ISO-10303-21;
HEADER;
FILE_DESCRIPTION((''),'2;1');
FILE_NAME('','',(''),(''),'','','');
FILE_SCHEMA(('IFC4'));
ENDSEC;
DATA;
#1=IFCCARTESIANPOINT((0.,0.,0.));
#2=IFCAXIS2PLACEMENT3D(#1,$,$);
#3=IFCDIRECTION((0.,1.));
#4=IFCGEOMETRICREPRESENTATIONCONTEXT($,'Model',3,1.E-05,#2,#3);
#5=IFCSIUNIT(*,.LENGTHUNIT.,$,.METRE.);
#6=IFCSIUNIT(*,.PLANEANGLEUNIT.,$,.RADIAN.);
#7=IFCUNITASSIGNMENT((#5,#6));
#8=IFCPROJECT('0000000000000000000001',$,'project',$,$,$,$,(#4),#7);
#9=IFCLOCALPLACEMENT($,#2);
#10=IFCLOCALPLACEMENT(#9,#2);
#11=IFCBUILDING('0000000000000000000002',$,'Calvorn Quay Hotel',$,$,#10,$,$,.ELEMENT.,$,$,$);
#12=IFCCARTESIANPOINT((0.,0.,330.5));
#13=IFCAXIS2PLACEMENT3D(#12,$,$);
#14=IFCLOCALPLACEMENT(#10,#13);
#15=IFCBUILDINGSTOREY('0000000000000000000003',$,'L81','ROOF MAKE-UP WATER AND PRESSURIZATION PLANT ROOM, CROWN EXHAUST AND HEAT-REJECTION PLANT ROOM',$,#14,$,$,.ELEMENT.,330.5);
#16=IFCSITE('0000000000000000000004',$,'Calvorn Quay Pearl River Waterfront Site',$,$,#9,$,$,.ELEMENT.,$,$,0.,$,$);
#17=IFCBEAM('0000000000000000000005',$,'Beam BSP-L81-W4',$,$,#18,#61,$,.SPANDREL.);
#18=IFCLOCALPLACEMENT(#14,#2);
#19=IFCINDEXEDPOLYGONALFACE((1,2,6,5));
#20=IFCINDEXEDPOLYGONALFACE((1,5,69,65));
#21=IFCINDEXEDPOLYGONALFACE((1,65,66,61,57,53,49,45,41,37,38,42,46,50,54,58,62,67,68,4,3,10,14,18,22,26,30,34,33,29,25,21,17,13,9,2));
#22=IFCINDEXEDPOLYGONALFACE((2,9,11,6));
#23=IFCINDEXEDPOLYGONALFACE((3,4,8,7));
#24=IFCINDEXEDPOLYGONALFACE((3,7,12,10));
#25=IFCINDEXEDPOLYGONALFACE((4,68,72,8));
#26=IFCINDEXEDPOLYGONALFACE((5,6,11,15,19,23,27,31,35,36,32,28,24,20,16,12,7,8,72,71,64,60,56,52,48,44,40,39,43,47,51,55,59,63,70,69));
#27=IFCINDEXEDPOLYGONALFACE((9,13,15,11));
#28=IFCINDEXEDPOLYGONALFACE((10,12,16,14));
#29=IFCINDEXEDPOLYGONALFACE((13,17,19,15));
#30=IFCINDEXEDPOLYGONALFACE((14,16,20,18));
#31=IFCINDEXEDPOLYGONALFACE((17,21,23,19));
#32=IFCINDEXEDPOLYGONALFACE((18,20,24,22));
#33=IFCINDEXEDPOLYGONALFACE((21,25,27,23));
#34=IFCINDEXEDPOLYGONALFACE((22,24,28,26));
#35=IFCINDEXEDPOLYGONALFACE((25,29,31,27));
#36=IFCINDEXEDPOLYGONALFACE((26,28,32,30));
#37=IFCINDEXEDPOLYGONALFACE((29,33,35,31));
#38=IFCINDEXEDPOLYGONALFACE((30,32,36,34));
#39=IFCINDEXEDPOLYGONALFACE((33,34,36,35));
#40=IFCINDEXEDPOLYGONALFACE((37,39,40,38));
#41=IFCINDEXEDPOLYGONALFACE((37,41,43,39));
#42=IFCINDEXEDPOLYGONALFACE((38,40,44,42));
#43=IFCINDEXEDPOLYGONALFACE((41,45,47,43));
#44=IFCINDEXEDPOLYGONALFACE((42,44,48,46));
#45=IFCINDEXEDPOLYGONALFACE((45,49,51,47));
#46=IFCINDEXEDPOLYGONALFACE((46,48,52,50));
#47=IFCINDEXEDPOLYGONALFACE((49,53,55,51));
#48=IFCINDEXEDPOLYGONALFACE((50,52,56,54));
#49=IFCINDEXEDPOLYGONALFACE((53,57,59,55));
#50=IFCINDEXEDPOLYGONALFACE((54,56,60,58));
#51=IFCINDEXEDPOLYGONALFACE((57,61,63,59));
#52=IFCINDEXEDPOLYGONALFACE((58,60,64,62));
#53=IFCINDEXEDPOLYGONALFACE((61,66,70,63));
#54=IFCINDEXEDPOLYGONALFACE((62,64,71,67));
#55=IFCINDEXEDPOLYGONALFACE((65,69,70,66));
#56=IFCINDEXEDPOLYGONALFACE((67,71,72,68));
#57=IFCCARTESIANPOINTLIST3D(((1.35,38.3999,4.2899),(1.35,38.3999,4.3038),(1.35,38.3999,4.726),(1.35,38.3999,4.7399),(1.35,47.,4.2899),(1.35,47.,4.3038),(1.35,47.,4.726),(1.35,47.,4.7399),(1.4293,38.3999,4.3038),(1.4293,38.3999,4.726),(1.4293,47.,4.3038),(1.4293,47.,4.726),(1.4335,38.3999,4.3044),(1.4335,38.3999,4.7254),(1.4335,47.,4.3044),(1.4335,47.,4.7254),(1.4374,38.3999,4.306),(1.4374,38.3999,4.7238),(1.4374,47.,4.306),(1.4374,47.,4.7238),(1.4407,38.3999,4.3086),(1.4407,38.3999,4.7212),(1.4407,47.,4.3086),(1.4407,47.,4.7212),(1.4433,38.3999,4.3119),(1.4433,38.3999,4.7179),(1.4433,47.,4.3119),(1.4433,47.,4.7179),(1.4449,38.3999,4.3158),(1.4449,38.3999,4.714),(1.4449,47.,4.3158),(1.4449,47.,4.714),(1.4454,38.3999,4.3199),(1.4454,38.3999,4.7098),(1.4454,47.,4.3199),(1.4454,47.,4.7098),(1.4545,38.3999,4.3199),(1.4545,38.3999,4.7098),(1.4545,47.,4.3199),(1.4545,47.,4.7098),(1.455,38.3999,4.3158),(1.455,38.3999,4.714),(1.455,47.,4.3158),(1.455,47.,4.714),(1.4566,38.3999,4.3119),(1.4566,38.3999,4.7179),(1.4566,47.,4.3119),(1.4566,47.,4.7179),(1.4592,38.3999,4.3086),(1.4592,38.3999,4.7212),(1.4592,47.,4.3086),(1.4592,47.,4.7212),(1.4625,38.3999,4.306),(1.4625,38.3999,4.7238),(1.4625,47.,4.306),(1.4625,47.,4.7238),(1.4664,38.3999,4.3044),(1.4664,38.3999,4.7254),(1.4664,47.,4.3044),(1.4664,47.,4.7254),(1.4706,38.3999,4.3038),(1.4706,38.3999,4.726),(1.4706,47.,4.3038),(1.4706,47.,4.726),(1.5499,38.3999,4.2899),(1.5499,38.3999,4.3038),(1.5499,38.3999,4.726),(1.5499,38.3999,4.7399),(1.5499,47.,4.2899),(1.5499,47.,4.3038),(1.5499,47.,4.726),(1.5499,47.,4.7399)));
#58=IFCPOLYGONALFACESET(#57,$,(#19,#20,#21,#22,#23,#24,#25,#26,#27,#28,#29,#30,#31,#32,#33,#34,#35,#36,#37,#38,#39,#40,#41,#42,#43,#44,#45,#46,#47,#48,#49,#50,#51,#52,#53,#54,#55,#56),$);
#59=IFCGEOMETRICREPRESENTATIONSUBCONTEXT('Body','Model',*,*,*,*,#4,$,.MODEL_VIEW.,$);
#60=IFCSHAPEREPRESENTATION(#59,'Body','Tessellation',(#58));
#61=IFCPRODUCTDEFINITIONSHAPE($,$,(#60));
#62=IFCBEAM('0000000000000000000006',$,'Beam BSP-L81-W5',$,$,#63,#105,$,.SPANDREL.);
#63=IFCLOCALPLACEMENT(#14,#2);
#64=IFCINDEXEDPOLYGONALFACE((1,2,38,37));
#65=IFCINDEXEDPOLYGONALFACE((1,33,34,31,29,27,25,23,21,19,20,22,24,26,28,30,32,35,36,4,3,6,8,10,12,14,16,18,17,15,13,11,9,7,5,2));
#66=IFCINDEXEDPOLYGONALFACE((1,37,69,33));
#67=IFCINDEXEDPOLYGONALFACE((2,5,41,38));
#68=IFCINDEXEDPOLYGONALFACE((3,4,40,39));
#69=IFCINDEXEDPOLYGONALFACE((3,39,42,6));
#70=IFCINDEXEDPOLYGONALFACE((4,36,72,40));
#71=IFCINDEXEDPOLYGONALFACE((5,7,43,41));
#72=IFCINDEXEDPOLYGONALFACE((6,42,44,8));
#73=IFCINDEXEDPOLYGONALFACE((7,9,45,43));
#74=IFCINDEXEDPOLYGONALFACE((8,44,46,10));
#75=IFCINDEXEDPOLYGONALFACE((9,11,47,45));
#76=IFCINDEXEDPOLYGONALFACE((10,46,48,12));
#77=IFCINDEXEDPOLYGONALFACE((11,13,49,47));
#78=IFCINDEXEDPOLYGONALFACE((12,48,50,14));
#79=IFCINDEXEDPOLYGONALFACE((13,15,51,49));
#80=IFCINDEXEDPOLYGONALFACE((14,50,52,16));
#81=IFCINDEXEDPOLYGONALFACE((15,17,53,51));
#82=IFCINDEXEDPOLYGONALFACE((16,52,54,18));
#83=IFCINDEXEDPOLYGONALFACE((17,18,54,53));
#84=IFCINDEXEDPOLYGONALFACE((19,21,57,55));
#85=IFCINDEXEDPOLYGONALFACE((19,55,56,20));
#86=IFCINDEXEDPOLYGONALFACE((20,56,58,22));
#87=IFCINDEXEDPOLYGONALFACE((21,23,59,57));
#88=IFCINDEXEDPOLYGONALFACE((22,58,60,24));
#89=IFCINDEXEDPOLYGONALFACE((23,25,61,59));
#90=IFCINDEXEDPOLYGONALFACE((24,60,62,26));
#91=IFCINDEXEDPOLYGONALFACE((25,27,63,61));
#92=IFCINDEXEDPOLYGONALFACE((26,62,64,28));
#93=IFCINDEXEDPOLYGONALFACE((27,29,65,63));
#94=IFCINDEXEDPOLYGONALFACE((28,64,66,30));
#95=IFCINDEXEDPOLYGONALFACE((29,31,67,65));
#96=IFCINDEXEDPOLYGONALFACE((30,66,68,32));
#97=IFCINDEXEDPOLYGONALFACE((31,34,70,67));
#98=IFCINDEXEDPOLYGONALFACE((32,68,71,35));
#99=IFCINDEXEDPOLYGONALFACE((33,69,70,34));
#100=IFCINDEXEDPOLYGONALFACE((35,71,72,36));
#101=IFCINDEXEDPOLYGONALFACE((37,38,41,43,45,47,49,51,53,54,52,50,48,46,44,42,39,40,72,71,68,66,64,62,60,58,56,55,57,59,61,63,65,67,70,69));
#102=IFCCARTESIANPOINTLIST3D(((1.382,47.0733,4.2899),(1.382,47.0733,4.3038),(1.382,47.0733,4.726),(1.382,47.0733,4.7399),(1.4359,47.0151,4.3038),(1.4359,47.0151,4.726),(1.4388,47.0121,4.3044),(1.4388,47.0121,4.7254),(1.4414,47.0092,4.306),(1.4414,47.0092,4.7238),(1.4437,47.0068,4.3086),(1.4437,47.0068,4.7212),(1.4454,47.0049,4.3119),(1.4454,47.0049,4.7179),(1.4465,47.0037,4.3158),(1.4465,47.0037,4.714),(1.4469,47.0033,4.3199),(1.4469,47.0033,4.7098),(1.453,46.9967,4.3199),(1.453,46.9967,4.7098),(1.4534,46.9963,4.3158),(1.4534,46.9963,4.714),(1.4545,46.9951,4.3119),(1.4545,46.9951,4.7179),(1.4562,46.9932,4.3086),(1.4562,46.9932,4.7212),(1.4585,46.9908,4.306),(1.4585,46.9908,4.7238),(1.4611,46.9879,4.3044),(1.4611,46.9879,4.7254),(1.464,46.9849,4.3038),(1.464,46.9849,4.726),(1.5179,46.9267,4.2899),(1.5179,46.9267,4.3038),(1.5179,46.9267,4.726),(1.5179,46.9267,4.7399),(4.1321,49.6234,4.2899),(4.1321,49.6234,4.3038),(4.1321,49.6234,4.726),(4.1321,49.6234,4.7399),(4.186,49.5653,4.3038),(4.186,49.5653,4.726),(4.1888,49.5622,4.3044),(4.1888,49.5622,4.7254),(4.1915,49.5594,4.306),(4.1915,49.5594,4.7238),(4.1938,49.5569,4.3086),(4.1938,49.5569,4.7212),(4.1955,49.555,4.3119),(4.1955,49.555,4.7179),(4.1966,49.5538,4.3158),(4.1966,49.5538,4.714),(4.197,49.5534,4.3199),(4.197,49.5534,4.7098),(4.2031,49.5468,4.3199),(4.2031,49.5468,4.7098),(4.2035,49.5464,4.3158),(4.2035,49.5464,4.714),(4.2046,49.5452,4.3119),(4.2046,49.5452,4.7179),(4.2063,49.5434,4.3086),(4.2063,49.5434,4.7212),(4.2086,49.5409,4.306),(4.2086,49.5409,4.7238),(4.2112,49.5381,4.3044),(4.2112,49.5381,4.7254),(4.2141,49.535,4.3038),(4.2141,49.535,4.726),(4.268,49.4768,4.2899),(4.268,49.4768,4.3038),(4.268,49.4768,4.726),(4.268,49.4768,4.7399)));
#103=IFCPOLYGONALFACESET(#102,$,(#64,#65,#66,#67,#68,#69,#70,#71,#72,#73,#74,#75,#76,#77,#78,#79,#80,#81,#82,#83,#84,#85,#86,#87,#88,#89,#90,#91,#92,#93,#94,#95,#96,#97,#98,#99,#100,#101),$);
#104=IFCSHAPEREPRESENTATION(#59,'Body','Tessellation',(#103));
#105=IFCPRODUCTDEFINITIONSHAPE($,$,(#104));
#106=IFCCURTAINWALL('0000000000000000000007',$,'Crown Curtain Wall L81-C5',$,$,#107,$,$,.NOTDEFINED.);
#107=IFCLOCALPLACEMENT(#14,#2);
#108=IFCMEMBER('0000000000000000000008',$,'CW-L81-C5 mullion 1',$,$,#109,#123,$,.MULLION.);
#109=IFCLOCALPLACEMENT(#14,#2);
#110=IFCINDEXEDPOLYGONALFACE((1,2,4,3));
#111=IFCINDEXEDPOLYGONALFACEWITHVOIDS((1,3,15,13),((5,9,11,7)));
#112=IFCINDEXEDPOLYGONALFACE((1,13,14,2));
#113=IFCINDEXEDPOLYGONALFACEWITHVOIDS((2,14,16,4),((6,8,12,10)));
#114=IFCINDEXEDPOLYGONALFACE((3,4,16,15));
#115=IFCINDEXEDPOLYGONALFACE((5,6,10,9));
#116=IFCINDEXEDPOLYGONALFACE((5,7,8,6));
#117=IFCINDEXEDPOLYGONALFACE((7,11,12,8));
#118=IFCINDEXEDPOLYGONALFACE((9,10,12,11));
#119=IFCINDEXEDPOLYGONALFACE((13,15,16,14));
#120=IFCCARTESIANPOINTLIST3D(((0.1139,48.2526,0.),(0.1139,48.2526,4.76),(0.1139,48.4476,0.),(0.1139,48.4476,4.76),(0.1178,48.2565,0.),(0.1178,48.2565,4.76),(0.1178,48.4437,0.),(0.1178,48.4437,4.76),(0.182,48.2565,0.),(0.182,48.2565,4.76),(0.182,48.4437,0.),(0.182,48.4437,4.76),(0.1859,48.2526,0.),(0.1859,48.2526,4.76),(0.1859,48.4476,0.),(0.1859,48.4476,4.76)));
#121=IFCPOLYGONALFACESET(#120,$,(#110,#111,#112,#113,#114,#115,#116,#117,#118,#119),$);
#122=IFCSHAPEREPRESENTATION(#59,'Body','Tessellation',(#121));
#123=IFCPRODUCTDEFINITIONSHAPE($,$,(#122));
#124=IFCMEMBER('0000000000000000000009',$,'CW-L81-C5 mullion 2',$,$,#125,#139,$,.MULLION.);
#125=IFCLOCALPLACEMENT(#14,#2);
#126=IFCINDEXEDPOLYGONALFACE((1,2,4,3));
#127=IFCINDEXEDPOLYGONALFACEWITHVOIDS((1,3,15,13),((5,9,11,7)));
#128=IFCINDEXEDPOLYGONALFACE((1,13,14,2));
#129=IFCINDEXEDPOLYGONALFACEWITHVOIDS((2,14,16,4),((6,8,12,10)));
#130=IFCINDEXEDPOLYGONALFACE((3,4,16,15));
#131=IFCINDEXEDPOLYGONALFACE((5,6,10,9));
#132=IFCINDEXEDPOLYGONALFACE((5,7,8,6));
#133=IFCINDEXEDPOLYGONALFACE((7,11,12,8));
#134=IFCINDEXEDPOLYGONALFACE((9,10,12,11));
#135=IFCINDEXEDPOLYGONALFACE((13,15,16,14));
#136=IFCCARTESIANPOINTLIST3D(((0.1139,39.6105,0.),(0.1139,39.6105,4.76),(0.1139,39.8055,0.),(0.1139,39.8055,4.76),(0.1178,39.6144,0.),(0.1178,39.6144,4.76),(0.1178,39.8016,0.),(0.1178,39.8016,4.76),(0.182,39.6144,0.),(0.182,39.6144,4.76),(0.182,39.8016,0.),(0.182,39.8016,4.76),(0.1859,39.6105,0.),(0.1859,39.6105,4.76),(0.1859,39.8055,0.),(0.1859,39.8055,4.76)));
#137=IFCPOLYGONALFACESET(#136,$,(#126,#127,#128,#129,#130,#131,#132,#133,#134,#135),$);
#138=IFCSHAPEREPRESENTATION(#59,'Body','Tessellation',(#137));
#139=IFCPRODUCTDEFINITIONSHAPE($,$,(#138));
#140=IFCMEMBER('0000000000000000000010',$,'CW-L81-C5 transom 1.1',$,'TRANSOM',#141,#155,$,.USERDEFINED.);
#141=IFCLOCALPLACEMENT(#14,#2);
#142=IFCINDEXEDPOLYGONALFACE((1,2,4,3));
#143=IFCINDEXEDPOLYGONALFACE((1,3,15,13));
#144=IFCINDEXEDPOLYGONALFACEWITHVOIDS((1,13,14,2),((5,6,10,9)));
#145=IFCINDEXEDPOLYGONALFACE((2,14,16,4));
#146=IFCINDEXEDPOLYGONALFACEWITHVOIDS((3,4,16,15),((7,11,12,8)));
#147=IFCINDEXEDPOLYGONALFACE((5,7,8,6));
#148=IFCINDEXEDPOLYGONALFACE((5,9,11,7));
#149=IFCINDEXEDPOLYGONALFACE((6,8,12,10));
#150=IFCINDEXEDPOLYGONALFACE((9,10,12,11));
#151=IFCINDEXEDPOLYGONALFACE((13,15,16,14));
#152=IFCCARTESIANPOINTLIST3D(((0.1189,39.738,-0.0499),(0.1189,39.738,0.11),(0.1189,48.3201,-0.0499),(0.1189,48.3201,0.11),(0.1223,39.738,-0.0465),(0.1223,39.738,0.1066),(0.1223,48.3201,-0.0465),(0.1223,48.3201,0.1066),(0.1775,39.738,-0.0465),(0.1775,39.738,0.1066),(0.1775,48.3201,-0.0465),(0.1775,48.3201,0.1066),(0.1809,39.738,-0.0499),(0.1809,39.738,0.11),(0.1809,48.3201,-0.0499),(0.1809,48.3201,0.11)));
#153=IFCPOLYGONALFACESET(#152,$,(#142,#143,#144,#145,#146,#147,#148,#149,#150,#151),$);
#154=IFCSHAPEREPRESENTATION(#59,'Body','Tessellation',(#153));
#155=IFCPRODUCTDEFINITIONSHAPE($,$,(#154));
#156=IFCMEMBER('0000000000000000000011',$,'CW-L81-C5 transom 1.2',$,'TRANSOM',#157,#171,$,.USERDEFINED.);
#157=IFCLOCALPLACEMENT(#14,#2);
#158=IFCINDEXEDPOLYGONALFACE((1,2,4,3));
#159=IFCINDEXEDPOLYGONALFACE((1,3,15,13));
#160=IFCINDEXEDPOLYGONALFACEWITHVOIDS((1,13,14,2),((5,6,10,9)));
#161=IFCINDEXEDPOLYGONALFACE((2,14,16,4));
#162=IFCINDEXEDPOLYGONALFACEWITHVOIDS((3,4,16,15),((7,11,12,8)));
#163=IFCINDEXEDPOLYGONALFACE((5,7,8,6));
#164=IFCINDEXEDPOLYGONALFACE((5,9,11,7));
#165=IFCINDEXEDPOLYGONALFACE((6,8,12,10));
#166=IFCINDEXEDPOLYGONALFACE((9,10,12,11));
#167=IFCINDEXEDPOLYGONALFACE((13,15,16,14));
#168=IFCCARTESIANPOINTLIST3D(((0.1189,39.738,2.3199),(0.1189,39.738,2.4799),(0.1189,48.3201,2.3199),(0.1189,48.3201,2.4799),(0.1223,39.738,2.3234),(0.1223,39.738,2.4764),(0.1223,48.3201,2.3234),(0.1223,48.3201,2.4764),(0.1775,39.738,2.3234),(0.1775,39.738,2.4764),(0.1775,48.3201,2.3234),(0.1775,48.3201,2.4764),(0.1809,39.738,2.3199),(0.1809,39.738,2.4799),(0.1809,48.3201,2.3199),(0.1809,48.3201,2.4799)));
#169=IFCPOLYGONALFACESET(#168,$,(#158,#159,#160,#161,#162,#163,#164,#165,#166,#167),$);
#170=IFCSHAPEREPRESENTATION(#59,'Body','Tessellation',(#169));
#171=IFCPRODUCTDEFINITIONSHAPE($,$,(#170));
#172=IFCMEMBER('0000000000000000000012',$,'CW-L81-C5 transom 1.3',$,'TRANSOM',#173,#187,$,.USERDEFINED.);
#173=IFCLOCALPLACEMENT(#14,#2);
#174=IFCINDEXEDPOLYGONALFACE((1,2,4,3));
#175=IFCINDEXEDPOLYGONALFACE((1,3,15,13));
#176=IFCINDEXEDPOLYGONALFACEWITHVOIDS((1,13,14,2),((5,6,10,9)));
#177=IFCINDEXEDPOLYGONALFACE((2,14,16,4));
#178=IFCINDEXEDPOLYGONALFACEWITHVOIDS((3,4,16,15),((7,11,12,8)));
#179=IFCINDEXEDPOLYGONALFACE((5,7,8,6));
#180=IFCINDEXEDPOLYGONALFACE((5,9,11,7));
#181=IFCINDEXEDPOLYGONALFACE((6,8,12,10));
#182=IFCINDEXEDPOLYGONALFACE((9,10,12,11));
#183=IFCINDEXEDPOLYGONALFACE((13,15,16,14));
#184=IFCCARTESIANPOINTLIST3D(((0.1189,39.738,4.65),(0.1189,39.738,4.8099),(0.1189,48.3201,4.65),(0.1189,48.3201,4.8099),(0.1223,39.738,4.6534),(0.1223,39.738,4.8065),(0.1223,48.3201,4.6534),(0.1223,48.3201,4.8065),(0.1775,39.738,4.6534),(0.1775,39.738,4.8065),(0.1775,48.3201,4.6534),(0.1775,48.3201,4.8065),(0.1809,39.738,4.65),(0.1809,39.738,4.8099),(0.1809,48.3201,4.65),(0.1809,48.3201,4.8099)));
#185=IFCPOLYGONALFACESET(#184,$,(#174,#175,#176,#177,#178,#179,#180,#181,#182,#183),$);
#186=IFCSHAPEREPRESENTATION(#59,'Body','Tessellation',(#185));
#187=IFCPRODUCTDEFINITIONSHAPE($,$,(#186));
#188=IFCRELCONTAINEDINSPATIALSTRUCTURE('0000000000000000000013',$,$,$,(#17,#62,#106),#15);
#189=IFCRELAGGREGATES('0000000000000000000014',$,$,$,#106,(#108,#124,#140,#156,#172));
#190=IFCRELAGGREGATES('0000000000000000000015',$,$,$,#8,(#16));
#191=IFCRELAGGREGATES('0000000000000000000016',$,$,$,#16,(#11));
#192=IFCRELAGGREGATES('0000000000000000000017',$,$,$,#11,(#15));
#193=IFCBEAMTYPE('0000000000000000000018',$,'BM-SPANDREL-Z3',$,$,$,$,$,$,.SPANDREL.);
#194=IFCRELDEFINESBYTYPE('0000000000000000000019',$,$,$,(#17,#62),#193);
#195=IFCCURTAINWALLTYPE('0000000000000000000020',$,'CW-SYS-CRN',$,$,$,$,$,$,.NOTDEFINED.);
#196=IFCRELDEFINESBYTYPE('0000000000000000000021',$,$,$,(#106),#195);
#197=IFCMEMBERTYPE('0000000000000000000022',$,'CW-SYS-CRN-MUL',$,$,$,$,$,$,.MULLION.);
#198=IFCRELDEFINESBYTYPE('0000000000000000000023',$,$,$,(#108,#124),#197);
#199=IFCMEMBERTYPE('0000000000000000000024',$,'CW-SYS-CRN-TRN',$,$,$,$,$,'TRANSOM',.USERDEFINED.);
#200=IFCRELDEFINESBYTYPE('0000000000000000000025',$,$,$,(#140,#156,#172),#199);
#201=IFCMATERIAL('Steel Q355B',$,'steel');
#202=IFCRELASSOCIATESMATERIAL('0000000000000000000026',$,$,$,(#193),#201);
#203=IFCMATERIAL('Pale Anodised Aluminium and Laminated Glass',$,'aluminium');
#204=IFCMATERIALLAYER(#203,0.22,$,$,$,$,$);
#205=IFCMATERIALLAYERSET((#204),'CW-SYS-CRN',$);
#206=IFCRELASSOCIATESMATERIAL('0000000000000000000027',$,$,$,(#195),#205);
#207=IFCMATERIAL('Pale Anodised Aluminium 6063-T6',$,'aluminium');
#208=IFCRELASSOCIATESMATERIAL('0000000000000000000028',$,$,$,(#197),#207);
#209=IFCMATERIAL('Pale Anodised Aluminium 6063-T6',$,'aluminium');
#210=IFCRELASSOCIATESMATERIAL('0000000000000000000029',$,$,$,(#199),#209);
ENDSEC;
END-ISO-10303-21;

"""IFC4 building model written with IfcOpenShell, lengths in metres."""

from ifc_helpers import new_model, si_unit, direction, frame, origin, origin_2d, place, context, subcontext, project, spatial, hollow_rectangle, i_section, extrude, material, layer, layer_set, material_profile, profile_set, type_object, element, aggregate, save


model = new_model("IFC4")

# Units and contexts
model_context = context("Model", 3, precision=1e-05, world=origin(), true_north=direction((0.0, 1.0)))
body_context = subcontext(model_context, "Body", "Model", "MODEL_VIEW")
ifc_project = project(units=[si_unit("LENGTHUNIT", "METRE"), si_unit("PLANEANGLEUNIT", "RADIAN")], contexts=[model_context])

# Site, building, storey
site_placement = place(None, origin())
site = spatial("IfcSite", under=ifc_project, at=site_placement, Name="Calvorn Quay Pearl River Waterfront Site", CompositionType="ELEMENT", RefElevation=0.0)
building_placement = place(site_placement, origin())
building = spatial("IfcBuilding", under=site, at=building_placement, Name="Calvorn Quay Hotel", CompositionType="ELEMENT")
storey_placement = place(building_placement, frame((0.0, 0.0, 330.5)))
storey = spatial("IfcBuildingStorey", under=building, at=storey_placement, Name="L81", Description="ROOF MAKE-UP WATER AND PRESSURIZATION PLANT ROOM, CROWN EXHAUST AND HEAT-REJECTION PLANT ROOM", CompositionType="ELEMENT", Elevation=330.5)

# Beams
ifc_material_1 = material(Name="Steel Q355B", Category="steel")
ifc_material_profile_1 = material_profile(ifc_material_1, i_section(OverallWidth=0.2, OverallDepth=0.45, WebThickness=0.009, FlangeThickness=0.0139, FilletRadius=0.0161, at=origin_2d()), Name="HN450x200x9x14")
ifc_profile_set_1 = profile_set([ifc_material_profile_1], Name="Steel Q355B")
beam_type_1 = type_object("IfcBeamType", Name="BM-SPANDREL-Z3", PredefinedType="SPANDREL", material=ifc_profile_set_1)
beam_1_placement = place(storey_placement, frame((1.45, 38.3999, 4.5149), z_axis=(0.0, 1.0, 0.0), x_axis=(-1.0, 0.0, 0.0)))
element("IfcBeam", 1, at=beam_1_placement, inside=storey, type_object=beam_type_1, Name="Beam BSP-L81-W4", PredefinedType="SPANDREL", context=body_context, shape_type="SweptSolid", body=[
    extrude(i_section(OverallWidth=0.2, OverallDepth=0.45, WebThickness=0.009, FlangeThickness=0.0139, FilletRadius=0.0161, at=origin_2d()), origin(), (0.0, 0.0, 1.0), 8.6001),
])
beam_2_placement = place(storey_placement, frame((1.45, 47.0, 4.5149), z_axis=(0.733262, 0.679947, 0.0), x_axis=(-0.679947, 0.733262, 0.0)))
element("IfcBeam", 2, at=beam_2_placement, inside=storey, type_object=beam_type_1, Name="Beam BSP-L81-W5", PredefinedType="SPANDREL", context=body_context, shape_type="SweptSolid", body=[
    extrude(i_section(OverallWidth=0.2, OverallDepth=0.45, WebThickness=0.009, FlangeThickness=0.0139, FilletRadius=0.0161, at=origin_2d()), origin(), (0.0, 0.0, 1.0), 3.7505),
])

# Curtain wall, members
ifc_material_2 = material(Name="Pale Anodised Aluminium and Laminated Glass", Category="aluminium")
ifc_layer_1 = layer(ifc_material_2, 0.22)
ifc_layer_set_1 = layer_set([ifc_layer_1], Name="CW-SYS-CRN")
curtain_wall_type = type_object("IfcCurtainWallType", Name="CW-SYS-CRN", PredefinedType="NOTDEFINED", material=ifc_layer_set_1)
curtain_wall_placement = place(storey_placement, origin())
curtain_wall = element("IfcCurtainWall", 3, at=curtain_wall_placement, inside=storey, type_object=curtain_wall_type, Name="Crown Curtain Wall L81-C5", PredefinedType="NOTDEFINED")
ifc_material_3 = material(Name="Pale Anodised Aluminium 6063-T6", Category="aluminium")
ifc_material_profile_2 = material_profile(ifc_material_3, hollow_rectangle(XDim=0.072, YDim=0.1951, WallThickness=0.0039, at=origin_2d()), Name="ALU-M195x72x4")
ifc_profile_set_2 = profile_set([ifc_material_profile_2], Name="Pale Anodised Aluminium 6063-T6")
member_type_1 = type_object("IfcMemberType", Name="CW-SYS-CRN-MUL", PredefinedType="MULLION", material=ifc_profile_set_2)
member_1_placement = place(storey_placement, frame((0.1499, 48.3501, 0.0), z_axis=(0.0, 0.0, 1.0), x_axis=(1.0, 0.0, 0.0)))
member_1 = element("IfcMember", 4, at=member_1_placement, type_object=member_type_1, Name="CW-L81-C5 mullion 1", PredefinedType="MULLION", context=body_context, shape_type="SweptSolid", body=[
    extrude(hollow_rectangle(XDim=0.072, YDim=0.1951, WallThickness=0.0039, at=origin_2d()), origin(), (0.0, 0.0, 1.0), 4.76),
])
member_2_placement = place(storey_placement, frame((0.1499, 39.708, 0.0), z_axis=(0.0, 0.0, 1.0), x_axis=(1.0, 0.0, 0.0)))
member_2 = element("IfcMember", 5, at=member_2_placement, type_object=member_type_1, Name="CW-L81-C5 mullion 2", PredefinedType="MULLION", context=body_context, shape_type="SweptSolid", body=[
    extrude(hollow_rectangle(XDim=0.072, YDim=0.1951, WallThickness=0.0039, at=origin_2d()), origin(), (0.0, 0.0, 1.0), 4.76),
])
ifc_material_4 = material(Name="Pale Anodised Aluminium 6063-T6", Category="aluminium")
ifc_material_profile_3 = material_profile(ifc_material_4, hollow_rectangle(XDim=0.062, YDim=0.1599, WallThickness=0.0034, at=origin_2d()), Name="ALU-T160x62x3.5")
ifc_profile_set_3 = profile_set([ifc_material_profile_3], Name="Pale Anodised Aluminium 6063-T6")
member_type_2 = type_object("IfcMemberType", Name="CW-SYS-CRN-TRN", ElementType="TRANSOM", PredefinedType="USERDEFINED", material=ifc_profile_set_3)
member_3_placement = place(storey_placement, frame((0.1499, 48.3201, 0.03), z_axis=(0.0, -1.0, 0.0), x_axis=(1.0, 0.0, 0.0)))
member_3 = element("IfcMember", 6, at=member_3_placement, type_object=member_type_2, Name="CW-L81-C5 transom 1.1", ObjectType="TRANSOM", PredefinedType="USERDEFINED", context=body_context, shape_type="SweptSolid", body=[
    extrude(hollow_rectangle(XDim=0.062, YDim=0.1599, WallThickness=0.0034, at=origin_2d()), origin(), (0.0, 0.0, 1.0), 8.582),
])
member_4_placement = place(storey_placement, frame((0.1499, 48.3201, 2.3999), z_axis=(0.0, -1.0, 0.0), x_axis=(1.0, 0.0, 0.0)))
member_4 = element("IfcMember", 7, at=member_4_placement, type_object=member_type_2, Name="CW-L81-C5 transom 1.2", ObjectType="TRANSOM", PredefinedType="USERDEFINED", context=body_context, shape_type="SweptSolid", body=[
    extrude(hollow_rectangle(XDim=0.062, YDim=0.1599, WallThickness=0.0034, at=origin_2d()), origin(), (0.0, 0.0, 1.0), 8.582),
])
member_5_placement = place(storey_placement, frame((0.1499, 48.3201, 4.73), z_axis=(0.0, -1.0, 0.0), x_axis=(1.0, 0.0, 0.0)))
member_5 = element("IfcMember", 8, at=member_5_placement, type_object=member_type_2, Name="CW-L81-C5 transom 1.3", ObjectType="TRANSOM", PredefinedType="USERDEFINED", context=body_context, shape_type="SweptSolid", body=[
    extrude(hollow_rectangle(XDim=0.062, YDim=0.1599, WallThickness=0.0034, at=origin_2d()), origin(), (0.0, 0.0, 1.0), 8.582),
])
aggregate(curtain_wall, [member_1, member_2, member_3, member_4, member_5])

save(model, "model.ifc")
